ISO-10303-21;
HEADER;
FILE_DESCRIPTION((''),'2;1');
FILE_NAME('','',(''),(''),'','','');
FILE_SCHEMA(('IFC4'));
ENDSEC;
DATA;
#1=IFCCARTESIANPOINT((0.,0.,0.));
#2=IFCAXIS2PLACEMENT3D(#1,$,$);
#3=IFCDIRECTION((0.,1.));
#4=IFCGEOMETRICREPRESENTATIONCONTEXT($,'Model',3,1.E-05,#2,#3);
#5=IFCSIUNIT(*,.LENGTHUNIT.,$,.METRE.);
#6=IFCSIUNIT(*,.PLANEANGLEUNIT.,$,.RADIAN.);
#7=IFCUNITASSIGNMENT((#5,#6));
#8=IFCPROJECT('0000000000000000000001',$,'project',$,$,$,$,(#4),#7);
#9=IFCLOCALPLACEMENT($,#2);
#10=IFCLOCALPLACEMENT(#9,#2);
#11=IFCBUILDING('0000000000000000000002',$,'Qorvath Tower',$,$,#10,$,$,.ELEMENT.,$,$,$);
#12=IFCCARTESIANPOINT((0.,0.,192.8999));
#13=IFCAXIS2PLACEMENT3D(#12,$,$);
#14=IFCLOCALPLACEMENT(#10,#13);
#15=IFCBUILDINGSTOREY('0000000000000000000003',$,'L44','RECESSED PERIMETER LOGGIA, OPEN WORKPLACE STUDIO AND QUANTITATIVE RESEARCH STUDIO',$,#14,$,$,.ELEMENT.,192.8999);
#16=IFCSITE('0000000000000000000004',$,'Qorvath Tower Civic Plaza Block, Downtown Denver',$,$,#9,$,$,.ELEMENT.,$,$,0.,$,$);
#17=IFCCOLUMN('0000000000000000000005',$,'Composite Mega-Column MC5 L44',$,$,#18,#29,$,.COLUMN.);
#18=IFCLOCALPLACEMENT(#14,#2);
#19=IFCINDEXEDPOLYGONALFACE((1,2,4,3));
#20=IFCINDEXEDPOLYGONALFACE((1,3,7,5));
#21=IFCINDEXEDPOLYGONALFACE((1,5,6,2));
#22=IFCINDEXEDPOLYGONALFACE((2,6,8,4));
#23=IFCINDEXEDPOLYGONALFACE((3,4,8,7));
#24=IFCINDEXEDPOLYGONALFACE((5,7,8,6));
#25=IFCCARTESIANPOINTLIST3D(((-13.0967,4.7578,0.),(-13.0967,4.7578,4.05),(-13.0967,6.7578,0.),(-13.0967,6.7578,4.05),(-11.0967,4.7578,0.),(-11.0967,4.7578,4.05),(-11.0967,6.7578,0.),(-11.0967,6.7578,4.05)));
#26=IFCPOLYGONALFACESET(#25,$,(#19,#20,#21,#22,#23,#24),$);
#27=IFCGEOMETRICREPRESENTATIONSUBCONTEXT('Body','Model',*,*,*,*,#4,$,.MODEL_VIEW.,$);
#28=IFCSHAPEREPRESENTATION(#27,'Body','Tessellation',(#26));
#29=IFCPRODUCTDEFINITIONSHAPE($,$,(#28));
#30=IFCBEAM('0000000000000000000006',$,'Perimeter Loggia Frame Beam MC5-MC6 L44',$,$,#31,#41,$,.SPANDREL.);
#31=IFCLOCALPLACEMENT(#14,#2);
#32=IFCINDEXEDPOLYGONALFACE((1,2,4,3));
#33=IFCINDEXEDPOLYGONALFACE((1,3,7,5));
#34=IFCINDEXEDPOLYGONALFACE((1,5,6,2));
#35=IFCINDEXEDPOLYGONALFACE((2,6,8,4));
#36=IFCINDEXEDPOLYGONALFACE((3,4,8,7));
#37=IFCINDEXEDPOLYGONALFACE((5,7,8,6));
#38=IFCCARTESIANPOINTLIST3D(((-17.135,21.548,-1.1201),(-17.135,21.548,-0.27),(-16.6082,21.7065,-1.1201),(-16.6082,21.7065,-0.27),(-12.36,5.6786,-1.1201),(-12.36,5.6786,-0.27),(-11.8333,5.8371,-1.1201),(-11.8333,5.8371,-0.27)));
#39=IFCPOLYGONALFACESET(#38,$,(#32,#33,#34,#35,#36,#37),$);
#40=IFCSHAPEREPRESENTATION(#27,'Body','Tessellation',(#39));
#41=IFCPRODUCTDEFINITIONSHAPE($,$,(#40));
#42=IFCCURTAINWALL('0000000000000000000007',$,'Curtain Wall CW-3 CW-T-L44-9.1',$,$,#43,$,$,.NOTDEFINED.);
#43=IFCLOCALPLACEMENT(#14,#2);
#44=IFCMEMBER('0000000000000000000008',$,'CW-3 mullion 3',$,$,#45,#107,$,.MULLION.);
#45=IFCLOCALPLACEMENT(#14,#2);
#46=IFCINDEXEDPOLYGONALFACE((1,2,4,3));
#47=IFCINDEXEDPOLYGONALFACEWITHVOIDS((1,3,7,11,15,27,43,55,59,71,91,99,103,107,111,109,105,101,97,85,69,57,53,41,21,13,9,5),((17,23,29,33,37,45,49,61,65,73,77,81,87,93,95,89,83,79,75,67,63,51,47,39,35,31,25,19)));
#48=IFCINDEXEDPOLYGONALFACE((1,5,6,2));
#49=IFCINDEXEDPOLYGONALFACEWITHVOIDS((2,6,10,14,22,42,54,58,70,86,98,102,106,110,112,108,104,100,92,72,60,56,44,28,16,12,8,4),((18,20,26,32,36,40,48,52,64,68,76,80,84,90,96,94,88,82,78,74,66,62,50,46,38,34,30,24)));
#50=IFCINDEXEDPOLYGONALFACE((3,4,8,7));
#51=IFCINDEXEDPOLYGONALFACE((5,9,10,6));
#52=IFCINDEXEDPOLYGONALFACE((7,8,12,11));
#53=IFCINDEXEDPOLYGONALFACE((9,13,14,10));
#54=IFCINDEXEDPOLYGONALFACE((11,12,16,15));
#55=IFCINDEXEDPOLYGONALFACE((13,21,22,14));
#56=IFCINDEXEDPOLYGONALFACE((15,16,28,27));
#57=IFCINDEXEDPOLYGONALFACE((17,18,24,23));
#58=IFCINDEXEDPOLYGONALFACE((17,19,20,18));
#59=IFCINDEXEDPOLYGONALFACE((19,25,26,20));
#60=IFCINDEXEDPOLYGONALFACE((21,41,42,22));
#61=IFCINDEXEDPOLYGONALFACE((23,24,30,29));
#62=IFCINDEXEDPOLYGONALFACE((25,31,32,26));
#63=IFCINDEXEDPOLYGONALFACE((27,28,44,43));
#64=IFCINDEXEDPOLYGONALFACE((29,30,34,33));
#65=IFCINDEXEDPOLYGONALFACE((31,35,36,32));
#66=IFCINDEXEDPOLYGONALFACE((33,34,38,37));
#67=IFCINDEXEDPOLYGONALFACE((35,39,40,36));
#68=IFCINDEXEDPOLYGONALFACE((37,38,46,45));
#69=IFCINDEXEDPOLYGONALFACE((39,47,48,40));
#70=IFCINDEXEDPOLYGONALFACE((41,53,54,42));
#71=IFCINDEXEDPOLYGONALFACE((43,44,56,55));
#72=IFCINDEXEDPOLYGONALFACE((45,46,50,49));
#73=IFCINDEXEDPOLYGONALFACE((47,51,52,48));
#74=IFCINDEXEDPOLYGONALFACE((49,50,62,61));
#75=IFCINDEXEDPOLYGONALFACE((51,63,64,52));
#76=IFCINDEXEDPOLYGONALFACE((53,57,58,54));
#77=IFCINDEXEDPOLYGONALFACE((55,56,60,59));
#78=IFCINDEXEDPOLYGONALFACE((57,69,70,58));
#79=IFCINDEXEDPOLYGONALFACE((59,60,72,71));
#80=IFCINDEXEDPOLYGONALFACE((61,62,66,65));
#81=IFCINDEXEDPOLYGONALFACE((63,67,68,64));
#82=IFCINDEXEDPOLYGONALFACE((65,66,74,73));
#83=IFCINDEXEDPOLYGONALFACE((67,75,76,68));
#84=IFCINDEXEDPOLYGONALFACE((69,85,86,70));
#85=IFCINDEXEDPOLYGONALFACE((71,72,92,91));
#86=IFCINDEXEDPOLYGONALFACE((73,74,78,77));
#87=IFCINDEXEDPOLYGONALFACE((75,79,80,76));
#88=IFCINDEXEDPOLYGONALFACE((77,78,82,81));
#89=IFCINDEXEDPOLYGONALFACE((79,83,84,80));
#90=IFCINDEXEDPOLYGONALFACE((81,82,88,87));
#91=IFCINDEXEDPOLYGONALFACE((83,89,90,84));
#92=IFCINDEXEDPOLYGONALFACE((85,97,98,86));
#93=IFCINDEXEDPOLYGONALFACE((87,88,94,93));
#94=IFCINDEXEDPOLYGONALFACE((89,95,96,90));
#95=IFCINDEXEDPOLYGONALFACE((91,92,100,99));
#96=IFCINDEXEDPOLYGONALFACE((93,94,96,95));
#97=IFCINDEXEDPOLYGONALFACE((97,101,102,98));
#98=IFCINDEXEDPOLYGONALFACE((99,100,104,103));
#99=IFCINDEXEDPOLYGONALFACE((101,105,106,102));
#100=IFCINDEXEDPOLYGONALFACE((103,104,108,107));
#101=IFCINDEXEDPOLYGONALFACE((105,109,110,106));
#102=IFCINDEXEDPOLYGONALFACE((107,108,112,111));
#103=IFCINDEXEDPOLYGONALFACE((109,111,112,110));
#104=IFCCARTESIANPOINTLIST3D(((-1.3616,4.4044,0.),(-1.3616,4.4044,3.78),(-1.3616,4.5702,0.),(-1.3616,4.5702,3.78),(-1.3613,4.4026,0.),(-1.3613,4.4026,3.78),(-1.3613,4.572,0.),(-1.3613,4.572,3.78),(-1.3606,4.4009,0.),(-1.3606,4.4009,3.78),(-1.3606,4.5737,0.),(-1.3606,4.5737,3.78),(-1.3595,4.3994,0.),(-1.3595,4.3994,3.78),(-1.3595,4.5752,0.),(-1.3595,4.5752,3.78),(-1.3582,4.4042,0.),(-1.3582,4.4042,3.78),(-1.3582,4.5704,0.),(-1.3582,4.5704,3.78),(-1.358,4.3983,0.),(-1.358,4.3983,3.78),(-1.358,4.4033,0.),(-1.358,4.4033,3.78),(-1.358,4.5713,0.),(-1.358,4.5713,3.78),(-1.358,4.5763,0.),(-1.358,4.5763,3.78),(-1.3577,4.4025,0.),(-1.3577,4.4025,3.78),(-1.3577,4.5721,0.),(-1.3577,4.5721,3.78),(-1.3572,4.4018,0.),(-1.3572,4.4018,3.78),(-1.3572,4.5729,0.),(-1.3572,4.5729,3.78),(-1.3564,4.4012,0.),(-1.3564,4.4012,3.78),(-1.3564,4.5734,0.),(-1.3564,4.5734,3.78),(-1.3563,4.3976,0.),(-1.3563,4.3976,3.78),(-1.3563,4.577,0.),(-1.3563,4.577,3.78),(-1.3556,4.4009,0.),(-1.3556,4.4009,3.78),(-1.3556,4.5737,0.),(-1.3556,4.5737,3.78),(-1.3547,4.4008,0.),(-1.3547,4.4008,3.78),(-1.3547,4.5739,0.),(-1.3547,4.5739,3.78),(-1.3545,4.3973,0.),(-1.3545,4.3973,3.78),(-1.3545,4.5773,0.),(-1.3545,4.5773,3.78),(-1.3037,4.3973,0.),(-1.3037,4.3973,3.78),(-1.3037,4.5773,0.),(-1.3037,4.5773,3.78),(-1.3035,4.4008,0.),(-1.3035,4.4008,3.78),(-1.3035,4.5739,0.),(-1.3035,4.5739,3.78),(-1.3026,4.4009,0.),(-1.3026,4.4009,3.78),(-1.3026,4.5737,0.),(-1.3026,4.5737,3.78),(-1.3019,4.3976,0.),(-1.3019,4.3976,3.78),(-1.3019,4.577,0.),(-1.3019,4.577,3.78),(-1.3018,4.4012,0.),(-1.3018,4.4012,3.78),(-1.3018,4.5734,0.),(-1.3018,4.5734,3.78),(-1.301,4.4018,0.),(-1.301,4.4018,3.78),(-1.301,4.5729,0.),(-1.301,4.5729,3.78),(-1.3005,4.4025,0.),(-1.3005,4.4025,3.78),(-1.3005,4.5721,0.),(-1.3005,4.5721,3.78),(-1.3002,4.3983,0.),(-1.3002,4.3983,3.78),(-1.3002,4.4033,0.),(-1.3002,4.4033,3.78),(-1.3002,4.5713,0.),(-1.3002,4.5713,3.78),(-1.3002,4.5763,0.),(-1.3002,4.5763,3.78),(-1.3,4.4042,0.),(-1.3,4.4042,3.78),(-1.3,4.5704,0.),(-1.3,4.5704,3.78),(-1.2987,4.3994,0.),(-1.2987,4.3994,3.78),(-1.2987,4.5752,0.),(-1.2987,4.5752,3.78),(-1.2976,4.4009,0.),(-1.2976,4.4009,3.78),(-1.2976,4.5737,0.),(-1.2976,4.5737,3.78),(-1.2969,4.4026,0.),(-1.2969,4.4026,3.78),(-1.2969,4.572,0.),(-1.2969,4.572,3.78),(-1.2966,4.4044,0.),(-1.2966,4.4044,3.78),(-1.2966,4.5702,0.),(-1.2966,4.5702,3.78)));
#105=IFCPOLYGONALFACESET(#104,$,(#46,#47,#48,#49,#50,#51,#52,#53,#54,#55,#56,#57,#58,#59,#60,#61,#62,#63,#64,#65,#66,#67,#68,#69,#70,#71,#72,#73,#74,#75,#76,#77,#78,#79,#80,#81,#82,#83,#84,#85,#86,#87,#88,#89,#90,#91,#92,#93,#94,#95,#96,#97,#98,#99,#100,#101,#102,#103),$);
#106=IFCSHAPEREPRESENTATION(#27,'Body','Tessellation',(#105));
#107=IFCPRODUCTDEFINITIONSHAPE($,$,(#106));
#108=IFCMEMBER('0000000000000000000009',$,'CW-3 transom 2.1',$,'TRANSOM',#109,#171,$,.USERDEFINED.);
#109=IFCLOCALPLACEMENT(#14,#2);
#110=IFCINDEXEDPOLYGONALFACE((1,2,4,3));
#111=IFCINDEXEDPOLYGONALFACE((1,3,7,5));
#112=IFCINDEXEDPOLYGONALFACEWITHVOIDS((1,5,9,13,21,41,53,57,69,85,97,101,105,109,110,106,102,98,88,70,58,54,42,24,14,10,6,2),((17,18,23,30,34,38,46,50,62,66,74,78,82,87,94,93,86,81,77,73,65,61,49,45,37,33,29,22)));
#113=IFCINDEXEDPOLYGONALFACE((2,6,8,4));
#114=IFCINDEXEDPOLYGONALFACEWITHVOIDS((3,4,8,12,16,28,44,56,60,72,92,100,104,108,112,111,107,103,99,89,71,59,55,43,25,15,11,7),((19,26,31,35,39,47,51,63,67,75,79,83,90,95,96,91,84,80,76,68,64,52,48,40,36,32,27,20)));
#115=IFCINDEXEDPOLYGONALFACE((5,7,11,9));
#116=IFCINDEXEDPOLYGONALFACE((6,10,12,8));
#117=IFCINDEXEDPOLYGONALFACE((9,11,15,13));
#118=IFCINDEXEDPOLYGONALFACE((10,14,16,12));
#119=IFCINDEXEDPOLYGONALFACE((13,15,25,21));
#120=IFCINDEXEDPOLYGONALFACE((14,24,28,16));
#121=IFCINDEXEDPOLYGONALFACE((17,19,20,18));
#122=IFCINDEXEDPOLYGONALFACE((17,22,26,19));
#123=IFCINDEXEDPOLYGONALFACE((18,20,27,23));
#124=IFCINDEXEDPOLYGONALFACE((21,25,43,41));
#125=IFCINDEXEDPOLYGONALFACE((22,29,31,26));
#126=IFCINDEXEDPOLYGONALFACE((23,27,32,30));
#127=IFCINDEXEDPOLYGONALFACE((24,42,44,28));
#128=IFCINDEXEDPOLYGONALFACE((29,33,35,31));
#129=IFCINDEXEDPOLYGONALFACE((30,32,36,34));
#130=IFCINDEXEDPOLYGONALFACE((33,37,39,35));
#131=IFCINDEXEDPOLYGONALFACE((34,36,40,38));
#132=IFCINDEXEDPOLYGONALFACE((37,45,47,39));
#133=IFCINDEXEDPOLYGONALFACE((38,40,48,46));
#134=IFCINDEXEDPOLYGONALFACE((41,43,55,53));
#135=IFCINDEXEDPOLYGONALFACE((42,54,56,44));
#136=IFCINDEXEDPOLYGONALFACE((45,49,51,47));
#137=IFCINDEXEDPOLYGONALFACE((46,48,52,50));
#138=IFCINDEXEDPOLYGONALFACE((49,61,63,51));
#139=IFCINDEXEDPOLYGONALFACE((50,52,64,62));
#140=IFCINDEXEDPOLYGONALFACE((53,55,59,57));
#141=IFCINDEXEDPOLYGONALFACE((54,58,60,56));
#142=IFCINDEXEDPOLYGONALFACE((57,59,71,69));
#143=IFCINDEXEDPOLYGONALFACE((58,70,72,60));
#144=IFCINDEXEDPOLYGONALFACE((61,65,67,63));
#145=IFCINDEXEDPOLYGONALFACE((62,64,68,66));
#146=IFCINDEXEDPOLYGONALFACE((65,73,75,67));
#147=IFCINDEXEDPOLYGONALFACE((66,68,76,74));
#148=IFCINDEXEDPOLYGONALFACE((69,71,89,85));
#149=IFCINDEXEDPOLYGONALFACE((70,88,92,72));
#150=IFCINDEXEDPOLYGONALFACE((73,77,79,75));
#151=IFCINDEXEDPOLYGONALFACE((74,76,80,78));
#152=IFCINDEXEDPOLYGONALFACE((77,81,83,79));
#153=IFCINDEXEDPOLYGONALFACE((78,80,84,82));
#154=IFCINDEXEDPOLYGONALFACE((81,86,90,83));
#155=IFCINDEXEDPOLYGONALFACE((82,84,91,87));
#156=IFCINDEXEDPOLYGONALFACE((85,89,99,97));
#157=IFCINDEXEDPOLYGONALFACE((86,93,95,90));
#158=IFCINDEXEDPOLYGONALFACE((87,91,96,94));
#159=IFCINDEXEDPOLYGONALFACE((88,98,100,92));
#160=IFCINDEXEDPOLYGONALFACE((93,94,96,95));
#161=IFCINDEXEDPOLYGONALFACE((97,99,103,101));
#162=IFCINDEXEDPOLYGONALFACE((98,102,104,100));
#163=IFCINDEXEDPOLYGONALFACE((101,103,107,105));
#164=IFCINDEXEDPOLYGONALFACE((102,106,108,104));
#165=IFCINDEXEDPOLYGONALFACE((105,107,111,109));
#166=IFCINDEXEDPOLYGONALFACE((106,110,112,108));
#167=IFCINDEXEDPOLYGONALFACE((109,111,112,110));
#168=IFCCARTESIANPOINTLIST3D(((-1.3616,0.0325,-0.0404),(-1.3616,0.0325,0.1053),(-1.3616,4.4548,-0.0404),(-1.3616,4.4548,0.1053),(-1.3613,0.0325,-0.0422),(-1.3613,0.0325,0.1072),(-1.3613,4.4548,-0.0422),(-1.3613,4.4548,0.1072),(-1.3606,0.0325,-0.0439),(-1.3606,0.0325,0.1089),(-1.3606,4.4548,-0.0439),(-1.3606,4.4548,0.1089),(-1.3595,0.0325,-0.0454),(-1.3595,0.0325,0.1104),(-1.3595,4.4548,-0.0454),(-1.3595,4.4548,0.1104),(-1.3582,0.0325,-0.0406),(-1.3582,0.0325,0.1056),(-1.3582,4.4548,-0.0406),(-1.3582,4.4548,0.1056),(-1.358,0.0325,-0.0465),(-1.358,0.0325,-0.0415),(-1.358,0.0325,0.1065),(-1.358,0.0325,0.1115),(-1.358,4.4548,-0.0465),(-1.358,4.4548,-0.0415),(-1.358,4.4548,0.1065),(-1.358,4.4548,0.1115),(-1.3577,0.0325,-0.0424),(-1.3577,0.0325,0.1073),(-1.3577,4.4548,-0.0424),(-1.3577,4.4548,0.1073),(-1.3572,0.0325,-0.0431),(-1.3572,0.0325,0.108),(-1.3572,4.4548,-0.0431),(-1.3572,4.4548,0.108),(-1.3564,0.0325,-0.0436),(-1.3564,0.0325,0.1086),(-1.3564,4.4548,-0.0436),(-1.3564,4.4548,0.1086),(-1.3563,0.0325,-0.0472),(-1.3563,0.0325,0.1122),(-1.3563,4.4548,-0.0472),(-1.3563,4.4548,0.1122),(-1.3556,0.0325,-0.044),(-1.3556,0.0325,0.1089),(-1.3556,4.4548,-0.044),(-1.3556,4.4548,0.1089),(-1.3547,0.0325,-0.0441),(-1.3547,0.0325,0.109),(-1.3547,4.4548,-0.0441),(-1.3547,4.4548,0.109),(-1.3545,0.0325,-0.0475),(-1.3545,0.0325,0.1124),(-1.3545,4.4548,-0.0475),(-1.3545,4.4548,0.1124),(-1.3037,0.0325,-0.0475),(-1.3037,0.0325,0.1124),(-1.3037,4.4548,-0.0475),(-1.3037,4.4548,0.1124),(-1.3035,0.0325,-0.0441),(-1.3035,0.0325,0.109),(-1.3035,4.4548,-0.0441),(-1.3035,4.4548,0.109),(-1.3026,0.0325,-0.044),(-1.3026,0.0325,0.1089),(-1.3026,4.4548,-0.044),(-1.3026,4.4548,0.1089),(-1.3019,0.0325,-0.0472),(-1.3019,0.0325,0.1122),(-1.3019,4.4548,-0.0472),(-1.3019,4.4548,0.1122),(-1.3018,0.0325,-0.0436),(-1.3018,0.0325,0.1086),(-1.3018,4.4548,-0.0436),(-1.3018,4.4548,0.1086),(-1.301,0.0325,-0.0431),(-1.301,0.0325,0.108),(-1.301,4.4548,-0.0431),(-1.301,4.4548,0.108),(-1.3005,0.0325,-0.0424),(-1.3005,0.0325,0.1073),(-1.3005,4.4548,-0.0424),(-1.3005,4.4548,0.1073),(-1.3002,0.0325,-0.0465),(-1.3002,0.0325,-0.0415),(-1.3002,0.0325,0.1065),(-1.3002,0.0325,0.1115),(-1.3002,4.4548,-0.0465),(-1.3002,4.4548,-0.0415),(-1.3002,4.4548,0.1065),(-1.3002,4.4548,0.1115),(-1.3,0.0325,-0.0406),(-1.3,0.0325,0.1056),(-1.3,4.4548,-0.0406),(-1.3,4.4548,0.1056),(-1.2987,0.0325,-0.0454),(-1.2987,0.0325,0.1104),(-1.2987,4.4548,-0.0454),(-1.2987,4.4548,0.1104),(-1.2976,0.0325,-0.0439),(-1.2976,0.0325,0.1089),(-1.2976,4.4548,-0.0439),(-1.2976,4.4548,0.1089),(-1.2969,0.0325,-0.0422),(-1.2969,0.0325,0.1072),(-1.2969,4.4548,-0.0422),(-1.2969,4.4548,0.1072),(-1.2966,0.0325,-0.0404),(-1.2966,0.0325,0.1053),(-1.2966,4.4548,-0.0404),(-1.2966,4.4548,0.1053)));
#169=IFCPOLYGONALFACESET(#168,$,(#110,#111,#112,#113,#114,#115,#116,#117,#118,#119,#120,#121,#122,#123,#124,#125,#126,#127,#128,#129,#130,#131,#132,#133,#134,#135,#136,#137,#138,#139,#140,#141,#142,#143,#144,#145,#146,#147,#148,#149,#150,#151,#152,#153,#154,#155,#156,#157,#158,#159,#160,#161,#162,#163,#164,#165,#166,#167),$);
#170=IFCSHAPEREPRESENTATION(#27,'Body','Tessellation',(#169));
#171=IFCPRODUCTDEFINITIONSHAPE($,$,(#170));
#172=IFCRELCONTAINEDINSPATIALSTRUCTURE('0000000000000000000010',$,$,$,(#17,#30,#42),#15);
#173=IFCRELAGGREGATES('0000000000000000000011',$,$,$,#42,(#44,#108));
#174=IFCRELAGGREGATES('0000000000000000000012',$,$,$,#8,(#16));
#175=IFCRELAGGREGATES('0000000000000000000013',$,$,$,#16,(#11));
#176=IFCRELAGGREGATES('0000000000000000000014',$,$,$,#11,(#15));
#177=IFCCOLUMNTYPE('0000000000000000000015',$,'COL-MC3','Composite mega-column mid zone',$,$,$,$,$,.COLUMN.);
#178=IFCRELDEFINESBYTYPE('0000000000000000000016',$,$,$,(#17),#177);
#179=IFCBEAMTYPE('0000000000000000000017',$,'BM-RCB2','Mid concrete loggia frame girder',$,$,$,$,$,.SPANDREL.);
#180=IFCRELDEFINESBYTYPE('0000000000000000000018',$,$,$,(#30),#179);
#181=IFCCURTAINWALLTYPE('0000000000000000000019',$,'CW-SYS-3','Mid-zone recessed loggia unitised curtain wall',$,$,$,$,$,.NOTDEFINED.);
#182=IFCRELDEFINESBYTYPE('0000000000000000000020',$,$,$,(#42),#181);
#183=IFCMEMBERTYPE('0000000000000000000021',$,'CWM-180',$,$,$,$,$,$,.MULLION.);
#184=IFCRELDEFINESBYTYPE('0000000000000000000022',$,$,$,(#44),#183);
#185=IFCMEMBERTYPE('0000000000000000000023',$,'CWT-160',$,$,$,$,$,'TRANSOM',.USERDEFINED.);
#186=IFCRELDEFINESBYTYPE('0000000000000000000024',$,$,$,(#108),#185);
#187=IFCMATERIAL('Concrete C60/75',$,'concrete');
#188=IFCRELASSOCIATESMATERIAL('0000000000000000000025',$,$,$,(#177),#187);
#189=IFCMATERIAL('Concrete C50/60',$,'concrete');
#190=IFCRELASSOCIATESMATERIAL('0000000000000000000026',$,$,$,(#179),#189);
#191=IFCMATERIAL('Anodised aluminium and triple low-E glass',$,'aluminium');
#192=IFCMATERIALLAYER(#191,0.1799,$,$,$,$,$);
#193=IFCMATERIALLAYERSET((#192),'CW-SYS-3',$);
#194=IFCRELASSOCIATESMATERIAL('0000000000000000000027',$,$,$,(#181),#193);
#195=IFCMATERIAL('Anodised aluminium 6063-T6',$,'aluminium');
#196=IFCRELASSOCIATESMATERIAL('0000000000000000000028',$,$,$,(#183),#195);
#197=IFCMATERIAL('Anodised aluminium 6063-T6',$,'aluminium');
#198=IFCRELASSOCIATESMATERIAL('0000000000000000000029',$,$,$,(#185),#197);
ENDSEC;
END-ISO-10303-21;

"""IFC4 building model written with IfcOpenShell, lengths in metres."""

from ifc_helpers import new_model, si_unit, direction, frame, origin, origin_2d, place, context, subcontext, project, spatial, rectangle, hollow_rectangle, extrude, material, layer, layer_set, material_profile, profile_set, type_object, element, aggregate, save


model = new_model("IFC4")

# Units and contexts
model_context = context("Model", 3, precision=1e-05, world=origin(), true_north=direction((0.0, 1.0)))
body_context = subcontext(model_context, "Body", "Model", "MODEL_VIEW")
ifc_project = project(units=[si_unit("LENGTHUNIT", "METRE"), si_unit("PLANEANGLEUNIT", "RADIAN")], contexts=[model_context])

# Site, building, storey
site_placement = place(None, origin())
site = spatial("IfcSite", under=ifc_project, at=site_placement, Name="Qorvath Tower Civic Plaza Block, Downtown Denver", CompositionType="ELEMENT", RefElevation=0.0)
building_placement = place(site_placement, origin())
building = spatial("IfcBuilding", under=site, at=building_placement, Name="Qorvath Tower", CompositionType="ELEMENT")
storey_placement = place(building_placement, frame((0.0, 0.0, 192.8999)))
storey = spatial("IfcBuildingStorey", under=building, at=storey_placement, Name="L44", Description="RECESSED PERIMETER LOGGIA, OPEN WORKPLACE STUDIO AND QUANTITATIVE RESEARCH STUDIO", CompositionType="ELEMENT", Elevation=192.8999)

# Column
ifc_material_1 = material(Name="Concrete C60/75", Category="concrete")
ifc_material_profile_1 = material_profile(ifc_material_1, rectangle(XDim=2.0, YDim=2.0, at=origin_2d()), Name="MC 2000x2000")
ifc_profile_set_1 = profile_set([ifc_material_profile_1], Name="Concrete C60/75")
column_type = type_object("IfcColumnType", Name="COL-MC3", Description="Composite mega-column mid zone", PredefinedType="COLUMN", material=ifc_profile_set_1)
column_placement = place(storey_placement, frame((-12.0967, 5.7578, 0.0), z_axis=(0.0, 0.0, 1.0), x_axis=(1.0, 0.0, 0.0)))
element("IfcColumn", 1, at=column_placement, inside=storey, type_object=column_type, Name="Composite Mega-Column MC5 L44", PredefinedType="COLUMN", context=body_context, shape_type="SweptSolid", body=[
    extrude(rectangle(XDim=2.0, YDim=2.0, at=origin_2d()), origin(), (0.0, 0.0, 1.0), 4.05),
])

# Beam
ifc_material_2 = material(Name="Concrete C50/60", Category="concrete")
ifc_material_profile_2 = material_profile(ifc_material_2, rectangle(XDim=0.55, YDim=0.8501, at=origin_2d()), Name="RCB 850x550")
ifc_profile_set_2 = profile_set([ifc_material_profile_2], Name="Concrete C50/60")
beam_type = type_object("IfcBeamType", Name="BM-RCB2", Description="Mid concrete loggia frame girder", PredefinedType="SPANDREL", material=ifc_profile_set_2)
beam_placement = place(storey_placement, frame((-12.0967, 5.7578, -0.6951), z_axis=(-0.288128, 0.957592, 0.0), x_axis=(-0.957592, -0.288128, 0.0)))
element("IfcBeam", 2, at=beam_placement, inside=storey, type_object=beam_type, Name="Perimeter Loggia Frame Beam MC5-MC6 L44", PredefinedType="SPANDREL", context=body_context, shape_type="SweptSolid", body=[
    extrude(rectangle(XDim=0.55, YDim=0.8501, at=origin_2d()), origin(), (0.0, 0.0, 1.0), 16.5723),
])

# Curtain wall, members
ifc_material_3 = material(Name="Anodised aluminium and triple low-E glass", Category="aluminium")
ifc_layer_1 = layer(ifc_material_3, 0.1799)
ifc_layer_set_1 = layer_set([ifc_layer_1], Name="CW-SYS-3")
curtain_wall_type = type_object("IfcCurtainWallType", Name="CW-SYS-3", Description="Mid-zone recessed loggia unitised curtain wall", PredefinedType="NOTDEFINED", material=ifc_layer_set_1)
curtain_wall_placement = place(storey_placement, origin())
curtain_wall = element("IfcCurtainWall", 3, at=curtain_wall_placement, inside=storey, type_object=curtain_wall_type, Name="Curtain Wall CW-3 CW-T-L44-9.1", PredefinedType="NOTDEFINED")
ifc_material_4 = material(Name="Anodised aluminium 6063-T6", Category="aluminium")
ifc_material_profile_3 = material_profile(ifc_material_4, hollow_rectangle(XDim=0.0649, YDim=0.1799, WallThickness=0.0034, InnerFilletRadius=0.0034, OuterFilletRadius=0.0071, at=origin_2d()), Name="CWM 180x65")
ifc_profile_set_3 = profile_set([ifc_material_profile_3], Name="Anodised aluminium 6063-T6")
member_type_1 = type_object("IfcMemberType", Name="CWM-180", PredefinedType="MULLION", material=ifc_profile_set_3)
member_1_placement = place(storey_placement, frame((-1.3291, 4.4873, 0.0), z_axis=(0.0, 0.0, 1.0), x_axis=(-1.0, 0.0, 0.0)))
member_1 = element("IfcMember", 4, at=member_1_placement, type_object=member_type_1, Name="CW-3 mullion 3", PredefinedType="MULLION", context=body_context, shape_type="SweptSolid", body=[
    extrude(hollow_rectangle(XDim=0.0649, YDim=0.1799, WallThickness=0.0034, InnerFilletRadius=0.0034, OuterFilletRadius=0.0071, at=origin_2d()), origin(), (0.0, 0.0, 1.0), 3.78),
])
ifc_material_5 = material(Name="Anodised aluminium 6063-T6", Category="aluminium")
ifc_material_profile_4 = material_profile(ifc_material_5, hollow_rectangle(XDim=0.0649, YDim=0.1599, WallThickness=0.0034, InnerFilletRadius=0.0034, OuterFilletRadius=0.0071, at=origin_2d()), Name="CWT 160x65")
ifc_profile_set_4 = profile_set([ifc_material_profile_4], Name="Anodised aluminium 6063-T6")
member_type_2 = type_object("IfcMemberType", Name="CWT-160", ElementType="TRANSOM", PredefinedType="USERDEFINED", material=ifc_profile_set_4)
member_2_placement = place(storey_placement, frame((-1.3291, 0.0325, 0.0325), z_axis=(0.0, 1.0, 0.0), x_axis=(-1.0, 0.0, 0.0)))
member_2 = element("IfcMember", 5, at=member_2_placement, type_object=member_type_2, Name="CW-3 transom 2.1", ObjectType="TRANSOM", PredefinedType="USERDEFINED", context=body_context, shape_type="SweptSolid", body=[
    extrude(hollow_rectangle(XDim=0.0649, YDim=0.1599, WallThickness=0.0034, InnerFilletRadius=0.0034, OuterFilletRadius=0.0071, at=origin_2d()), origin(), (0.0, 0.0, 1.0), 4.4224),
])
aggregate(curtain_wall, [member_1, member_2])

save(model, "model.ifc")
